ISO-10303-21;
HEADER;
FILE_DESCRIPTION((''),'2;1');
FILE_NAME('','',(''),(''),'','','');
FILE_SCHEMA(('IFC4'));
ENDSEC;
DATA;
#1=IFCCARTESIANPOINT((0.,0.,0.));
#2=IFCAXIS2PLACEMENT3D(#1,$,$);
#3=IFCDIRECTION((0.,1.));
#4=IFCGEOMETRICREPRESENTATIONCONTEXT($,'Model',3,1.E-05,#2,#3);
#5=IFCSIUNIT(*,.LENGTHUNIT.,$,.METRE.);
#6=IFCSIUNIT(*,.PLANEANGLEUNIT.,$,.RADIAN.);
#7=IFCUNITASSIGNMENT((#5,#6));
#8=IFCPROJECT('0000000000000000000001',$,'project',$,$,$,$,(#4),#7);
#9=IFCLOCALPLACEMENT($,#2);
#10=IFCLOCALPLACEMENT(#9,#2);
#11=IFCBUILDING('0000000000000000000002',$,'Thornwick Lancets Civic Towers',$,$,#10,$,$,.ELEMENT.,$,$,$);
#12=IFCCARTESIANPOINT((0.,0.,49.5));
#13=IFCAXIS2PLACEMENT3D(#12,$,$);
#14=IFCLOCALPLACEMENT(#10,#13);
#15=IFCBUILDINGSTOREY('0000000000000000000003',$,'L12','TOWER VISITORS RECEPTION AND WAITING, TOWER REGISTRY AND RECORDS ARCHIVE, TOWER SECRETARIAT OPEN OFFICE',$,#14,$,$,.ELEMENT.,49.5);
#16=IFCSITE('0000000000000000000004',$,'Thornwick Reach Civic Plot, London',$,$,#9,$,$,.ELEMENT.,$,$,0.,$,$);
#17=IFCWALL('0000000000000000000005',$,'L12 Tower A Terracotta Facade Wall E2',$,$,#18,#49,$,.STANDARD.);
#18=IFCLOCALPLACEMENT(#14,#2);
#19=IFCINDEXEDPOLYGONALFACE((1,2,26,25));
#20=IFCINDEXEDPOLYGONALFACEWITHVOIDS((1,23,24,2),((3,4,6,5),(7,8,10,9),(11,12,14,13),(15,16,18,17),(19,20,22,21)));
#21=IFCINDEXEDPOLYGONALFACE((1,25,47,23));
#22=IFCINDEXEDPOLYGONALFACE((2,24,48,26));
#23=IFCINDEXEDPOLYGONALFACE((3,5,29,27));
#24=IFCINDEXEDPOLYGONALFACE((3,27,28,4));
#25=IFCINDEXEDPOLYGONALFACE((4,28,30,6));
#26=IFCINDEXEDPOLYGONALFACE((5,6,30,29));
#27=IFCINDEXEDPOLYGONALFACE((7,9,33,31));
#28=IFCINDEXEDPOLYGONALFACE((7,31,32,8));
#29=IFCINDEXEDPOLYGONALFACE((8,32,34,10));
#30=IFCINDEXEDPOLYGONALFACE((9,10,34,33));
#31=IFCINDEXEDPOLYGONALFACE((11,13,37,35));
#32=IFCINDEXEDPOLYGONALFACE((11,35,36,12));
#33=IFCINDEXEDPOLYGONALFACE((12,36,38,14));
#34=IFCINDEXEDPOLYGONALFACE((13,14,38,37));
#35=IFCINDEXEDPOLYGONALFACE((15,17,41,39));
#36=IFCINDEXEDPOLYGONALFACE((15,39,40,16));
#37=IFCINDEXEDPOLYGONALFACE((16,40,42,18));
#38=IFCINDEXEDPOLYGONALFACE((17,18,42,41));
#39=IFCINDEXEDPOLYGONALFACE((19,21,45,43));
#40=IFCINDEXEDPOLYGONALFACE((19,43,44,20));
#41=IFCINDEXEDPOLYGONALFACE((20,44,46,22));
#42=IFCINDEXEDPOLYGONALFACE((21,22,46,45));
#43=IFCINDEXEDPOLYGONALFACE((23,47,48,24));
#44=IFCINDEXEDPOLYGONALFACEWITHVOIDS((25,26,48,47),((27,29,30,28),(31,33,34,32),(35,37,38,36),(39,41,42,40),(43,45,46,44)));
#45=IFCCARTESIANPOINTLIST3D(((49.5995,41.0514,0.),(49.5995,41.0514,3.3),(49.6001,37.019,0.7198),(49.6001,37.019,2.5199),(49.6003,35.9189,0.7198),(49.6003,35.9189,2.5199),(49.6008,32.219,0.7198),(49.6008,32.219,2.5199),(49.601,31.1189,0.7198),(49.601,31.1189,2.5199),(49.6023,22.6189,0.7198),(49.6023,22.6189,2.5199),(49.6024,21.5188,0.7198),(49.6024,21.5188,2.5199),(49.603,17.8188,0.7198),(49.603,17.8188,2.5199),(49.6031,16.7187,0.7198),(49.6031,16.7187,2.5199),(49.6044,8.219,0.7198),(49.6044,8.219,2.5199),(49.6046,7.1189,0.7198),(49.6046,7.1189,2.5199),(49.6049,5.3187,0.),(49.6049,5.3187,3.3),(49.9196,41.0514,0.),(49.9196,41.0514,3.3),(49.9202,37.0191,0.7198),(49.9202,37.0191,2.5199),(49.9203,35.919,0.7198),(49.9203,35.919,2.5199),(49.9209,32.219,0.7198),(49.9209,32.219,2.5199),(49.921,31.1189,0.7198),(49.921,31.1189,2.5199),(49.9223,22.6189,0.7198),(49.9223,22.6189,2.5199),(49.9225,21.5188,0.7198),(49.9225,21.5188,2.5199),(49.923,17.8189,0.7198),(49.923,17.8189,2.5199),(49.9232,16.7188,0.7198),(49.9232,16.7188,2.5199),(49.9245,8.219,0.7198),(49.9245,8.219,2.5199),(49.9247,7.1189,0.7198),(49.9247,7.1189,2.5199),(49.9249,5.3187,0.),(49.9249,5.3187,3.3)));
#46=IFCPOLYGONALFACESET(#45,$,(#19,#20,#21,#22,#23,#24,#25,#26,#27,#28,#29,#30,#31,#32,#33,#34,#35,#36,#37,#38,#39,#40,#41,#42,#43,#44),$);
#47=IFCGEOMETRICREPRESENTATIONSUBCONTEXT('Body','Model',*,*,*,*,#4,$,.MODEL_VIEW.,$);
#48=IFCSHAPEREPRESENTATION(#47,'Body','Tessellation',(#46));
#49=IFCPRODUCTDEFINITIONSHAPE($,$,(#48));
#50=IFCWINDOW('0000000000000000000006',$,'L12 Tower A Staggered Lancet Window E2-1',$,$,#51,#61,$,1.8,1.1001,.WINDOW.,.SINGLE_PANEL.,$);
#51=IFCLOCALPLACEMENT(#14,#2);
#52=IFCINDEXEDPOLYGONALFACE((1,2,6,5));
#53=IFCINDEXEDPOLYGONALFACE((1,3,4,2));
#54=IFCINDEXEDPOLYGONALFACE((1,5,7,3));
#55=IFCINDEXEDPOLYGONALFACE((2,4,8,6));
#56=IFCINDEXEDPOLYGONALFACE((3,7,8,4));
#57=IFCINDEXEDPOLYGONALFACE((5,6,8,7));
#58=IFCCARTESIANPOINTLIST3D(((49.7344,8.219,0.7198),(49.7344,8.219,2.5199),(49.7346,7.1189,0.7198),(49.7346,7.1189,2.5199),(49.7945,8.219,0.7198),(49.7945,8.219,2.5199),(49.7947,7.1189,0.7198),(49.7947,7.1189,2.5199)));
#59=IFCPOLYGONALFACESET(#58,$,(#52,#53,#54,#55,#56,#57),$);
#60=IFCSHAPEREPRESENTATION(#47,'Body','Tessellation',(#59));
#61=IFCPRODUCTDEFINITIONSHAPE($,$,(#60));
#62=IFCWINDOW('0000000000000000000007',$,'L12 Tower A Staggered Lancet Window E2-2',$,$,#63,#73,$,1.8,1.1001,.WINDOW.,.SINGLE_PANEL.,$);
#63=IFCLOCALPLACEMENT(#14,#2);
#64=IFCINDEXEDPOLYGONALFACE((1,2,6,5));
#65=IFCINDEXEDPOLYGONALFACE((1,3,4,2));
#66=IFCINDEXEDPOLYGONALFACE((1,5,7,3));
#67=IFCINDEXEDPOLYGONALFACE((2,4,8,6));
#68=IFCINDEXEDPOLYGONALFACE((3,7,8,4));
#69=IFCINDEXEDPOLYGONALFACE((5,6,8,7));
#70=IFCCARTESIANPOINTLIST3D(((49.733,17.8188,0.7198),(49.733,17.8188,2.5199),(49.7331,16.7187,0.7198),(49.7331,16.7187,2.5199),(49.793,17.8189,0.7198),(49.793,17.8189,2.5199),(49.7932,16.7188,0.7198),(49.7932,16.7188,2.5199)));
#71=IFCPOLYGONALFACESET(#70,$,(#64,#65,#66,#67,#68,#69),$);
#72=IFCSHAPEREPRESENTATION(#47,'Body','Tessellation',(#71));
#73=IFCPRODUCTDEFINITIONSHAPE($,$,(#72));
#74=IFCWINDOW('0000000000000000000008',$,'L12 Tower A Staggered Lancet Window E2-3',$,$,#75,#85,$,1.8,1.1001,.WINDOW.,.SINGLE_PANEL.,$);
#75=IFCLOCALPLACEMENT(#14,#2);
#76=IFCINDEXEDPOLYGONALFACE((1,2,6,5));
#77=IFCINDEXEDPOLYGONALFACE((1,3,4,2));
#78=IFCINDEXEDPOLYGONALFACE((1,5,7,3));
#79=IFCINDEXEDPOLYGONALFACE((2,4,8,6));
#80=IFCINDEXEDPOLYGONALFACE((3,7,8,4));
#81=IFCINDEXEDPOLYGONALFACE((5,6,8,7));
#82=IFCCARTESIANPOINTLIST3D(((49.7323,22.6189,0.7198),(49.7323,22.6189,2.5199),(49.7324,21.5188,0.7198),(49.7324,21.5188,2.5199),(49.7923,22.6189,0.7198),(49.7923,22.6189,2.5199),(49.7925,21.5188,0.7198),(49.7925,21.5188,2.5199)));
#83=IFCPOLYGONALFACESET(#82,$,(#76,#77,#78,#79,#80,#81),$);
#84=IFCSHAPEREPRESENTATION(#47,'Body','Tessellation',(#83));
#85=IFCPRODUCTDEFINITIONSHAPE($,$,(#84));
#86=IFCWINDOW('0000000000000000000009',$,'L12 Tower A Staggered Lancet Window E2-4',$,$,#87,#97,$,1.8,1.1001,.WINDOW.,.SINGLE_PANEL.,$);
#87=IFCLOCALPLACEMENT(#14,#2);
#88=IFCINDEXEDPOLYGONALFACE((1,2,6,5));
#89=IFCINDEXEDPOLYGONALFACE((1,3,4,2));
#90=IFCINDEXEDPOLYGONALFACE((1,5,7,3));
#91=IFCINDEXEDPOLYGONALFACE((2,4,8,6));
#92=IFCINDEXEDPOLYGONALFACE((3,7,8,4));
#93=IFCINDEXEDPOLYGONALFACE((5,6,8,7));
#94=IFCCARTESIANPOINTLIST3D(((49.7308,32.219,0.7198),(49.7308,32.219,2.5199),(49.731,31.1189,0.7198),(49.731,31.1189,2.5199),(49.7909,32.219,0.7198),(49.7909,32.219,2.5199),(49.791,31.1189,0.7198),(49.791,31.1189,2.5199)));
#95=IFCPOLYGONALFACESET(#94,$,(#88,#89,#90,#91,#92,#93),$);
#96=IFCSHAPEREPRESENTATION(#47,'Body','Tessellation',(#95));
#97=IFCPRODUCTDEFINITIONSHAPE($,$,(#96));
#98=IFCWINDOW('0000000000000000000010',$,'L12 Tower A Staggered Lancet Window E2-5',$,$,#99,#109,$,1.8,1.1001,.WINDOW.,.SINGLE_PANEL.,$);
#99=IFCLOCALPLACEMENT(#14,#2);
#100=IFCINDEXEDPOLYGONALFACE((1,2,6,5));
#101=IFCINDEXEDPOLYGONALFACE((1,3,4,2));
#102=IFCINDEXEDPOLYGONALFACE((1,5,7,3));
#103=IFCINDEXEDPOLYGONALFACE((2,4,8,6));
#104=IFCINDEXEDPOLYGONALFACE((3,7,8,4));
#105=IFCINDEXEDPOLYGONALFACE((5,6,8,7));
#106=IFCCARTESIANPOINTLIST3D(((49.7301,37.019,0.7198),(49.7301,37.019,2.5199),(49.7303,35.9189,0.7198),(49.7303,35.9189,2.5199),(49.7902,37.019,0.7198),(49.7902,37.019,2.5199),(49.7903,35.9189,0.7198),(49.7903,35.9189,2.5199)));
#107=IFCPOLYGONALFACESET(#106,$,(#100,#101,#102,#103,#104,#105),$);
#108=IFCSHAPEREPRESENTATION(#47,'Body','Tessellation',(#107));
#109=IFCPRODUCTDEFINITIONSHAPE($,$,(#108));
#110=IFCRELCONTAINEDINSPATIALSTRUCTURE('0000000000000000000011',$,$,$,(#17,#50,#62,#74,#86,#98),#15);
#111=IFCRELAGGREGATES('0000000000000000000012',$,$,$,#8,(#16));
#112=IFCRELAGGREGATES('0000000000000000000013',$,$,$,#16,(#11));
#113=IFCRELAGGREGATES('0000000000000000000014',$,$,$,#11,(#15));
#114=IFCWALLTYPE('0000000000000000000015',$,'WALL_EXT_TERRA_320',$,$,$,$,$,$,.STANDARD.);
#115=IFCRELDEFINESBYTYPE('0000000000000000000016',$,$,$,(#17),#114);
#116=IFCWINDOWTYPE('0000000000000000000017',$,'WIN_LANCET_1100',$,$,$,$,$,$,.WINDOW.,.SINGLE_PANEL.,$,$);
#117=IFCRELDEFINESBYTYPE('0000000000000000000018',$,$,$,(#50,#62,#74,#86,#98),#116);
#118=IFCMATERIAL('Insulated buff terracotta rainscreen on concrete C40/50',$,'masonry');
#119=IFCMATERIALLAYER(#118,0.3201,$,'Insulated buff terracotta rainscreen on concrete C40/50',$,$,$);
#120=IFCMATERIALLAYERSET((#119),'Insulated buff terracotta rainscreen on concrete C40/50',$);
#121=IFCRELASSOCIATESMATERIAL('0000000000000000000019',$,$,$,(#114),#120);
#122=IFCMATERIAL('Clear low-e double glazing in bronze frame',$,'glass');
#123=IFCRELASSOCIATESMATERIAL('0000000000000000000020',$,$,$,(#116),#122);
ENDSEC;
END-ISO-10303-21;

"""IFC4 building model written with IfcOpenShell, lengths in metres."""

from ifc_helpers import new_model, si_unit, direction, frame, frame_2d, origin, place, context, subcontext, project, spatial, rectangle, extrude, material, layer, layer_set, type_object, element, fill, save


model = new_model("IFC4")

# Units and contexts
model_context = context("Model", 3, precision=1e-05, world=origin(), true_north=direction((0.0, 1.0)))
body_context = subcontext(model_context, "Body", "Model", "MODEL_VIEW")
ifc_project = project(units=[si_unit("LENGTHUNIT", "METRE"), si_unit("PLANEANGLEUNIT", "RADIAN")], contexts=[model_context])

# Site, building, storey
site_placement = place(None, origin())
site = spatial("IfcSite", under=ifc_project, at=site_placement, Name="Thornwick Reach Civic Plot, London", CompositionType="ELEMENT", RefElevation=0.0)
building_placement = place(site_placement, origin())
building = spatial("IfcBuilding", under=site, at=building_placement, Name="Thornwick Lancets Civic Towers", CompositionType="ELEMENT")
storey_placement = place(building_placement, frame((0.0, 0.0, 49.5)))
storey = spatial("IfcBuildingStorey", under=building, at=storey_placement, Name="L12", Description="TOWER VISITORS RECEPTION AND WAITING, TOWER REGISTRY AND RECORDS ARCHIVE, TOWER SECRETARIAT OPEN OFFICE", CompositionType="ELEMENT", Elevation=49.5)

# Wall, openings, windows
ifc_material_1 = material(Name="Insulated buff terracotta rainscreen on concrete C40/50", Category="masonry")
ifc_layer_1 = layer(ifc_material_1, 0.3201, Name="Insulated buff terracotta rainscreen on concrete C40/50")
ifc_layer_set_1 = layer_set([ifc_layer_1], Name="Insulated buff terracotta rainscreen on concrete C40/50")
wall_type_1 = type_object("IfcWallType", Name="WALL_EXT_TERRA_320", PredefinedType="STANDARD", material=ifc_layer_set_1)
wall_1_placement = place(storey_placement, frame((49.7649, 5.3188, 0.0), z_axis=(0.0, 0.0, 1.0), x_axis=(-0.00015, 1.0, 0.0)))
wall_1 = element("IfcWall", 1, at=wall_1_placement, inside=storey, type_object=wall_type_1, Name="L12 Tower A Terracotta Facade Wall E2", PredefinedType="STANDARD", context=body_context, shape_type="SweptSolid", body=[
    extrude(rectangle(XDim=35.7327, YDim=0.3201, at=frame_2d((17.8662, 0.0))), origin(), (0.0, 0.0, 1.0), 3.3),
])
opening_1_placement = place(wall_1_placement, frame((1.8, 0.0, 0.72)))
opening_1 = element("IfcOpeningElement", 2, at=opening_1_placement, cuts=wall_1, PredefinedType="OPENING", context=body_context, shape_type="SweptSolid", body=[
    extrude(rectangle(XDim=1.1001, YDim=1.8, at=frame_2d((0.55, 0.8999))), frame((0.0, 0.1699, 0.0), z_axis=(0.0, -1.0, 0.0), x_axis=(1.0, 0.0, 0.0)), (0.0, 0.0, 1.0), 0.3401),
])
opening_2_placement = place(wall_1_placement, frame((11.3999, 0.0, 0.72)))
opening_2 = element("IfcOpeningElement", 3, at=opening_2_placement, cuts=wall_1, PredefinedType="OPENING", context=body_context, shape_type="SweptSolid", body=[
    extrude(rectangle(XDim=1.1001, YDim=1.8, at=frame_2d((0.55, 0.8999))), frame((0.0, 0.1699, 0.0), z_axis=(0.0, -1.0, 0.0), x_axis=(1.0, 0.0, 0.0)), (0.0, 0.0, 1.0), 0.3401),
])
opening_3_placement = place(wall_1_placement, frame((16.2, 0.0, 0.72)))
opening_3 = element("IfcOpeningElement", 4, at=opening_3_placement, cuts=wall_1, PredefinedType="OPENING", context=body_context, shape_type="SweptSolid", body=[
    extrude(rectangle(XDim=1.1001, YDim=1.8, at=frame_2d((0.55, 0.8999))), frame((0.0, 0.1699, 0.0), z_axis=(0.0, -1.0, 0.0), x_axis=(1.0, 0.0, 0.0)), (0.0, 0.0, 1.0), 0.3401),
])
opening_4_placement = place(wall_1_placement, frame((25.8, 0.0, 0.72)))
opening_4 = element("IfcOpeningElement", 5, at=opening_4_placement, cuts=wall_1, PredefinedType="OPENING", context=body_context, shape_type="SweptSolid", body=[
    extrude(rectangle(XDim=1.1001, YDim=1.8, at=frame_2d((0.55, 0.8999))), frame((0.0, 0.1699, 0.0), z_axis=(0.0, -1.0, 0.0), x_axis=(1.0, 0.0, 0.0)), (0.0, 0.0, 1.0), 0.3401),
])
opening_5_placement = place(wall_1_placement, frame((30.6001, 0.0, 0.72)))
opening_5 = element("IfcOpeningElement", 6, at=opening_5_placement, cuts=wall_1, PredefinedType="OPENING", context=body_context, shape_type="SweptSolid", body=[
    extrude(rectangle(XDim=1.1001, YDim=1.8, at=frame_2d((0.55, 0.8999))), frame((0.0, 0.1699, 0.0), z_axis=(0.0, -1.0, 0.0), x_axis=(1.0, 0.0, 0.0)), (0.0, 0.0, 1.0), 0.3401),
])
ifc_material_2 = material(Name="Clear low-e double glazing in bronze frame", Category="glass")
window_type = type_object("IfcWindowType", Name="WIN_LANCET_1100", PartitioningType="SINGLE_PANEL", PredefinedType="WINDOW", material=ifc_material_2)
window_1_placement = place(opening_1_placement, origin())
window_1 = element("IfcWindow", 7, at=window_1_placement, inside=storey, type_object=window_type, Name="L12 Tower A Staggered Lancet Window E2-1", OverallHeight=1.8, OverallWidth=1.1001, PartitioningType="SINGLE_PANEL", PredefinedType="WINDOW", context=body_context, shape_type="SweptSolid", body=[
    extrude(rectangle(XDim=1.1001, YDim=1.8, at=frame_2d((0.55, 0.8999))), frame((0.0, 0.03, 0.0), z_axis=(0.0, -1.0, 0.0), x_axis=(1.0, 0.0, 0.0)), (0.0, 0.0, 1.0), 0.0601),
])
fill(opening_1, window_1)
window_2_placement = place(opening_2_placement, origin())
window_2 = element("IfcWindow", 8, at=window_2_placement, inside=storey, type_object=window_type, Name="L12 Tower A Staggered Lancet Window E2-2", OverallHeight=1.8, OverallWidth=1.1001, PartitioningType="SINGLE_PANEL", PredefinedType="WINDOW", context=body_context, shape_type="SweptSolid", body=[
    extrude(rectangle(XDim=1.1001, YDim=1.8, at=frame_2d((0.55, 0.8999))), frame((0.0, 0.03, 0.0), z_axis=(0.0, -1.0, 0.0), x_axis=(1.0, 0.0, 0.0)), (0.0, 0.0, 1.0), 0.0601),
])
fill(opening_2, window_2)
window_3_placement = place(opening_3_placement, origin())
window_3 = element("IfcWindow", 9, at=window_3_placement, inside=storey, type_object=window_type, Name="L12 Tower A Staggered Lancet Window E2-3", OverallHeight=1.8, OverallWidth=1.1001, PartitioningType="SINGLE_PANEL", PredefinedType="WINDOW", context=body_context, shape_type="SweptSolid", body=[
    extrude(rectangle(XDim=1.1001, YDim=1.8, at=frame_2d((0.55, 0.8999))), frame((0.0, 0.03, 0.0), z_axis=(0.0, -1.0, 0.0), x_axis=(1.0, 0.0, 0.0)), (0.0, 0.0, 1.0), 0.0601),
])
fill(opening_3, window_3)
window_4_placement = place(opening_4_placement, origin())
window_4 = element("IfcWindow", 10, at=window_4_placement, inside=storey, type_object=window_type, Name="L12 Tower A Staggered Lancet Window E2-4", OverallHeight=1.8, OverallWidth=1.1001, PartitioningType="SINGLE_PANEL", PredefinedType="WINDOW", context=body_context, shape_type="SweptSolid", body=[
    extrude(rectangle(XDim=1.1001, YDim=1.8, at=frame_2d((0.55, 0.8999))), frame((0.0, 0.03, 0.0), z_axis=(0.0, -1.0, 0.0), x_axis=(1.0, 0.0, 0.0)), (0.0, 0.0, 1.0), 0.0601),
])
fill(opening_4, window_4)
window_5_placement = place(opening_5_placement, origin())
window_5 = element("IfcWindow", 11, at=window_5_placement, inside=storey, type_object=window_type, Name="L12 Tower A Staggered Lancet Window E2-5", OverallHeight=1.8, OverallWidth=1.1001, PartitioningType="SINGLE_PANEL", PredefinedType="WINDOW", context=body_context, shape_type="SweptSolid", body=[
    extrude(rectangle(XDim=1.1001, YDim=1.8, at=frame_2d((0.55, 0.8999))), frame((0.0, 0.03, 0.0), z_axis=(0.0, -1.0, 0.0), x_axis=(1.0, 0.0, 0.0)), (0.0, 0.0, 1.0), 0.0601),
])
fill(opening_5, window_5)

save(model, "model.ifc")
